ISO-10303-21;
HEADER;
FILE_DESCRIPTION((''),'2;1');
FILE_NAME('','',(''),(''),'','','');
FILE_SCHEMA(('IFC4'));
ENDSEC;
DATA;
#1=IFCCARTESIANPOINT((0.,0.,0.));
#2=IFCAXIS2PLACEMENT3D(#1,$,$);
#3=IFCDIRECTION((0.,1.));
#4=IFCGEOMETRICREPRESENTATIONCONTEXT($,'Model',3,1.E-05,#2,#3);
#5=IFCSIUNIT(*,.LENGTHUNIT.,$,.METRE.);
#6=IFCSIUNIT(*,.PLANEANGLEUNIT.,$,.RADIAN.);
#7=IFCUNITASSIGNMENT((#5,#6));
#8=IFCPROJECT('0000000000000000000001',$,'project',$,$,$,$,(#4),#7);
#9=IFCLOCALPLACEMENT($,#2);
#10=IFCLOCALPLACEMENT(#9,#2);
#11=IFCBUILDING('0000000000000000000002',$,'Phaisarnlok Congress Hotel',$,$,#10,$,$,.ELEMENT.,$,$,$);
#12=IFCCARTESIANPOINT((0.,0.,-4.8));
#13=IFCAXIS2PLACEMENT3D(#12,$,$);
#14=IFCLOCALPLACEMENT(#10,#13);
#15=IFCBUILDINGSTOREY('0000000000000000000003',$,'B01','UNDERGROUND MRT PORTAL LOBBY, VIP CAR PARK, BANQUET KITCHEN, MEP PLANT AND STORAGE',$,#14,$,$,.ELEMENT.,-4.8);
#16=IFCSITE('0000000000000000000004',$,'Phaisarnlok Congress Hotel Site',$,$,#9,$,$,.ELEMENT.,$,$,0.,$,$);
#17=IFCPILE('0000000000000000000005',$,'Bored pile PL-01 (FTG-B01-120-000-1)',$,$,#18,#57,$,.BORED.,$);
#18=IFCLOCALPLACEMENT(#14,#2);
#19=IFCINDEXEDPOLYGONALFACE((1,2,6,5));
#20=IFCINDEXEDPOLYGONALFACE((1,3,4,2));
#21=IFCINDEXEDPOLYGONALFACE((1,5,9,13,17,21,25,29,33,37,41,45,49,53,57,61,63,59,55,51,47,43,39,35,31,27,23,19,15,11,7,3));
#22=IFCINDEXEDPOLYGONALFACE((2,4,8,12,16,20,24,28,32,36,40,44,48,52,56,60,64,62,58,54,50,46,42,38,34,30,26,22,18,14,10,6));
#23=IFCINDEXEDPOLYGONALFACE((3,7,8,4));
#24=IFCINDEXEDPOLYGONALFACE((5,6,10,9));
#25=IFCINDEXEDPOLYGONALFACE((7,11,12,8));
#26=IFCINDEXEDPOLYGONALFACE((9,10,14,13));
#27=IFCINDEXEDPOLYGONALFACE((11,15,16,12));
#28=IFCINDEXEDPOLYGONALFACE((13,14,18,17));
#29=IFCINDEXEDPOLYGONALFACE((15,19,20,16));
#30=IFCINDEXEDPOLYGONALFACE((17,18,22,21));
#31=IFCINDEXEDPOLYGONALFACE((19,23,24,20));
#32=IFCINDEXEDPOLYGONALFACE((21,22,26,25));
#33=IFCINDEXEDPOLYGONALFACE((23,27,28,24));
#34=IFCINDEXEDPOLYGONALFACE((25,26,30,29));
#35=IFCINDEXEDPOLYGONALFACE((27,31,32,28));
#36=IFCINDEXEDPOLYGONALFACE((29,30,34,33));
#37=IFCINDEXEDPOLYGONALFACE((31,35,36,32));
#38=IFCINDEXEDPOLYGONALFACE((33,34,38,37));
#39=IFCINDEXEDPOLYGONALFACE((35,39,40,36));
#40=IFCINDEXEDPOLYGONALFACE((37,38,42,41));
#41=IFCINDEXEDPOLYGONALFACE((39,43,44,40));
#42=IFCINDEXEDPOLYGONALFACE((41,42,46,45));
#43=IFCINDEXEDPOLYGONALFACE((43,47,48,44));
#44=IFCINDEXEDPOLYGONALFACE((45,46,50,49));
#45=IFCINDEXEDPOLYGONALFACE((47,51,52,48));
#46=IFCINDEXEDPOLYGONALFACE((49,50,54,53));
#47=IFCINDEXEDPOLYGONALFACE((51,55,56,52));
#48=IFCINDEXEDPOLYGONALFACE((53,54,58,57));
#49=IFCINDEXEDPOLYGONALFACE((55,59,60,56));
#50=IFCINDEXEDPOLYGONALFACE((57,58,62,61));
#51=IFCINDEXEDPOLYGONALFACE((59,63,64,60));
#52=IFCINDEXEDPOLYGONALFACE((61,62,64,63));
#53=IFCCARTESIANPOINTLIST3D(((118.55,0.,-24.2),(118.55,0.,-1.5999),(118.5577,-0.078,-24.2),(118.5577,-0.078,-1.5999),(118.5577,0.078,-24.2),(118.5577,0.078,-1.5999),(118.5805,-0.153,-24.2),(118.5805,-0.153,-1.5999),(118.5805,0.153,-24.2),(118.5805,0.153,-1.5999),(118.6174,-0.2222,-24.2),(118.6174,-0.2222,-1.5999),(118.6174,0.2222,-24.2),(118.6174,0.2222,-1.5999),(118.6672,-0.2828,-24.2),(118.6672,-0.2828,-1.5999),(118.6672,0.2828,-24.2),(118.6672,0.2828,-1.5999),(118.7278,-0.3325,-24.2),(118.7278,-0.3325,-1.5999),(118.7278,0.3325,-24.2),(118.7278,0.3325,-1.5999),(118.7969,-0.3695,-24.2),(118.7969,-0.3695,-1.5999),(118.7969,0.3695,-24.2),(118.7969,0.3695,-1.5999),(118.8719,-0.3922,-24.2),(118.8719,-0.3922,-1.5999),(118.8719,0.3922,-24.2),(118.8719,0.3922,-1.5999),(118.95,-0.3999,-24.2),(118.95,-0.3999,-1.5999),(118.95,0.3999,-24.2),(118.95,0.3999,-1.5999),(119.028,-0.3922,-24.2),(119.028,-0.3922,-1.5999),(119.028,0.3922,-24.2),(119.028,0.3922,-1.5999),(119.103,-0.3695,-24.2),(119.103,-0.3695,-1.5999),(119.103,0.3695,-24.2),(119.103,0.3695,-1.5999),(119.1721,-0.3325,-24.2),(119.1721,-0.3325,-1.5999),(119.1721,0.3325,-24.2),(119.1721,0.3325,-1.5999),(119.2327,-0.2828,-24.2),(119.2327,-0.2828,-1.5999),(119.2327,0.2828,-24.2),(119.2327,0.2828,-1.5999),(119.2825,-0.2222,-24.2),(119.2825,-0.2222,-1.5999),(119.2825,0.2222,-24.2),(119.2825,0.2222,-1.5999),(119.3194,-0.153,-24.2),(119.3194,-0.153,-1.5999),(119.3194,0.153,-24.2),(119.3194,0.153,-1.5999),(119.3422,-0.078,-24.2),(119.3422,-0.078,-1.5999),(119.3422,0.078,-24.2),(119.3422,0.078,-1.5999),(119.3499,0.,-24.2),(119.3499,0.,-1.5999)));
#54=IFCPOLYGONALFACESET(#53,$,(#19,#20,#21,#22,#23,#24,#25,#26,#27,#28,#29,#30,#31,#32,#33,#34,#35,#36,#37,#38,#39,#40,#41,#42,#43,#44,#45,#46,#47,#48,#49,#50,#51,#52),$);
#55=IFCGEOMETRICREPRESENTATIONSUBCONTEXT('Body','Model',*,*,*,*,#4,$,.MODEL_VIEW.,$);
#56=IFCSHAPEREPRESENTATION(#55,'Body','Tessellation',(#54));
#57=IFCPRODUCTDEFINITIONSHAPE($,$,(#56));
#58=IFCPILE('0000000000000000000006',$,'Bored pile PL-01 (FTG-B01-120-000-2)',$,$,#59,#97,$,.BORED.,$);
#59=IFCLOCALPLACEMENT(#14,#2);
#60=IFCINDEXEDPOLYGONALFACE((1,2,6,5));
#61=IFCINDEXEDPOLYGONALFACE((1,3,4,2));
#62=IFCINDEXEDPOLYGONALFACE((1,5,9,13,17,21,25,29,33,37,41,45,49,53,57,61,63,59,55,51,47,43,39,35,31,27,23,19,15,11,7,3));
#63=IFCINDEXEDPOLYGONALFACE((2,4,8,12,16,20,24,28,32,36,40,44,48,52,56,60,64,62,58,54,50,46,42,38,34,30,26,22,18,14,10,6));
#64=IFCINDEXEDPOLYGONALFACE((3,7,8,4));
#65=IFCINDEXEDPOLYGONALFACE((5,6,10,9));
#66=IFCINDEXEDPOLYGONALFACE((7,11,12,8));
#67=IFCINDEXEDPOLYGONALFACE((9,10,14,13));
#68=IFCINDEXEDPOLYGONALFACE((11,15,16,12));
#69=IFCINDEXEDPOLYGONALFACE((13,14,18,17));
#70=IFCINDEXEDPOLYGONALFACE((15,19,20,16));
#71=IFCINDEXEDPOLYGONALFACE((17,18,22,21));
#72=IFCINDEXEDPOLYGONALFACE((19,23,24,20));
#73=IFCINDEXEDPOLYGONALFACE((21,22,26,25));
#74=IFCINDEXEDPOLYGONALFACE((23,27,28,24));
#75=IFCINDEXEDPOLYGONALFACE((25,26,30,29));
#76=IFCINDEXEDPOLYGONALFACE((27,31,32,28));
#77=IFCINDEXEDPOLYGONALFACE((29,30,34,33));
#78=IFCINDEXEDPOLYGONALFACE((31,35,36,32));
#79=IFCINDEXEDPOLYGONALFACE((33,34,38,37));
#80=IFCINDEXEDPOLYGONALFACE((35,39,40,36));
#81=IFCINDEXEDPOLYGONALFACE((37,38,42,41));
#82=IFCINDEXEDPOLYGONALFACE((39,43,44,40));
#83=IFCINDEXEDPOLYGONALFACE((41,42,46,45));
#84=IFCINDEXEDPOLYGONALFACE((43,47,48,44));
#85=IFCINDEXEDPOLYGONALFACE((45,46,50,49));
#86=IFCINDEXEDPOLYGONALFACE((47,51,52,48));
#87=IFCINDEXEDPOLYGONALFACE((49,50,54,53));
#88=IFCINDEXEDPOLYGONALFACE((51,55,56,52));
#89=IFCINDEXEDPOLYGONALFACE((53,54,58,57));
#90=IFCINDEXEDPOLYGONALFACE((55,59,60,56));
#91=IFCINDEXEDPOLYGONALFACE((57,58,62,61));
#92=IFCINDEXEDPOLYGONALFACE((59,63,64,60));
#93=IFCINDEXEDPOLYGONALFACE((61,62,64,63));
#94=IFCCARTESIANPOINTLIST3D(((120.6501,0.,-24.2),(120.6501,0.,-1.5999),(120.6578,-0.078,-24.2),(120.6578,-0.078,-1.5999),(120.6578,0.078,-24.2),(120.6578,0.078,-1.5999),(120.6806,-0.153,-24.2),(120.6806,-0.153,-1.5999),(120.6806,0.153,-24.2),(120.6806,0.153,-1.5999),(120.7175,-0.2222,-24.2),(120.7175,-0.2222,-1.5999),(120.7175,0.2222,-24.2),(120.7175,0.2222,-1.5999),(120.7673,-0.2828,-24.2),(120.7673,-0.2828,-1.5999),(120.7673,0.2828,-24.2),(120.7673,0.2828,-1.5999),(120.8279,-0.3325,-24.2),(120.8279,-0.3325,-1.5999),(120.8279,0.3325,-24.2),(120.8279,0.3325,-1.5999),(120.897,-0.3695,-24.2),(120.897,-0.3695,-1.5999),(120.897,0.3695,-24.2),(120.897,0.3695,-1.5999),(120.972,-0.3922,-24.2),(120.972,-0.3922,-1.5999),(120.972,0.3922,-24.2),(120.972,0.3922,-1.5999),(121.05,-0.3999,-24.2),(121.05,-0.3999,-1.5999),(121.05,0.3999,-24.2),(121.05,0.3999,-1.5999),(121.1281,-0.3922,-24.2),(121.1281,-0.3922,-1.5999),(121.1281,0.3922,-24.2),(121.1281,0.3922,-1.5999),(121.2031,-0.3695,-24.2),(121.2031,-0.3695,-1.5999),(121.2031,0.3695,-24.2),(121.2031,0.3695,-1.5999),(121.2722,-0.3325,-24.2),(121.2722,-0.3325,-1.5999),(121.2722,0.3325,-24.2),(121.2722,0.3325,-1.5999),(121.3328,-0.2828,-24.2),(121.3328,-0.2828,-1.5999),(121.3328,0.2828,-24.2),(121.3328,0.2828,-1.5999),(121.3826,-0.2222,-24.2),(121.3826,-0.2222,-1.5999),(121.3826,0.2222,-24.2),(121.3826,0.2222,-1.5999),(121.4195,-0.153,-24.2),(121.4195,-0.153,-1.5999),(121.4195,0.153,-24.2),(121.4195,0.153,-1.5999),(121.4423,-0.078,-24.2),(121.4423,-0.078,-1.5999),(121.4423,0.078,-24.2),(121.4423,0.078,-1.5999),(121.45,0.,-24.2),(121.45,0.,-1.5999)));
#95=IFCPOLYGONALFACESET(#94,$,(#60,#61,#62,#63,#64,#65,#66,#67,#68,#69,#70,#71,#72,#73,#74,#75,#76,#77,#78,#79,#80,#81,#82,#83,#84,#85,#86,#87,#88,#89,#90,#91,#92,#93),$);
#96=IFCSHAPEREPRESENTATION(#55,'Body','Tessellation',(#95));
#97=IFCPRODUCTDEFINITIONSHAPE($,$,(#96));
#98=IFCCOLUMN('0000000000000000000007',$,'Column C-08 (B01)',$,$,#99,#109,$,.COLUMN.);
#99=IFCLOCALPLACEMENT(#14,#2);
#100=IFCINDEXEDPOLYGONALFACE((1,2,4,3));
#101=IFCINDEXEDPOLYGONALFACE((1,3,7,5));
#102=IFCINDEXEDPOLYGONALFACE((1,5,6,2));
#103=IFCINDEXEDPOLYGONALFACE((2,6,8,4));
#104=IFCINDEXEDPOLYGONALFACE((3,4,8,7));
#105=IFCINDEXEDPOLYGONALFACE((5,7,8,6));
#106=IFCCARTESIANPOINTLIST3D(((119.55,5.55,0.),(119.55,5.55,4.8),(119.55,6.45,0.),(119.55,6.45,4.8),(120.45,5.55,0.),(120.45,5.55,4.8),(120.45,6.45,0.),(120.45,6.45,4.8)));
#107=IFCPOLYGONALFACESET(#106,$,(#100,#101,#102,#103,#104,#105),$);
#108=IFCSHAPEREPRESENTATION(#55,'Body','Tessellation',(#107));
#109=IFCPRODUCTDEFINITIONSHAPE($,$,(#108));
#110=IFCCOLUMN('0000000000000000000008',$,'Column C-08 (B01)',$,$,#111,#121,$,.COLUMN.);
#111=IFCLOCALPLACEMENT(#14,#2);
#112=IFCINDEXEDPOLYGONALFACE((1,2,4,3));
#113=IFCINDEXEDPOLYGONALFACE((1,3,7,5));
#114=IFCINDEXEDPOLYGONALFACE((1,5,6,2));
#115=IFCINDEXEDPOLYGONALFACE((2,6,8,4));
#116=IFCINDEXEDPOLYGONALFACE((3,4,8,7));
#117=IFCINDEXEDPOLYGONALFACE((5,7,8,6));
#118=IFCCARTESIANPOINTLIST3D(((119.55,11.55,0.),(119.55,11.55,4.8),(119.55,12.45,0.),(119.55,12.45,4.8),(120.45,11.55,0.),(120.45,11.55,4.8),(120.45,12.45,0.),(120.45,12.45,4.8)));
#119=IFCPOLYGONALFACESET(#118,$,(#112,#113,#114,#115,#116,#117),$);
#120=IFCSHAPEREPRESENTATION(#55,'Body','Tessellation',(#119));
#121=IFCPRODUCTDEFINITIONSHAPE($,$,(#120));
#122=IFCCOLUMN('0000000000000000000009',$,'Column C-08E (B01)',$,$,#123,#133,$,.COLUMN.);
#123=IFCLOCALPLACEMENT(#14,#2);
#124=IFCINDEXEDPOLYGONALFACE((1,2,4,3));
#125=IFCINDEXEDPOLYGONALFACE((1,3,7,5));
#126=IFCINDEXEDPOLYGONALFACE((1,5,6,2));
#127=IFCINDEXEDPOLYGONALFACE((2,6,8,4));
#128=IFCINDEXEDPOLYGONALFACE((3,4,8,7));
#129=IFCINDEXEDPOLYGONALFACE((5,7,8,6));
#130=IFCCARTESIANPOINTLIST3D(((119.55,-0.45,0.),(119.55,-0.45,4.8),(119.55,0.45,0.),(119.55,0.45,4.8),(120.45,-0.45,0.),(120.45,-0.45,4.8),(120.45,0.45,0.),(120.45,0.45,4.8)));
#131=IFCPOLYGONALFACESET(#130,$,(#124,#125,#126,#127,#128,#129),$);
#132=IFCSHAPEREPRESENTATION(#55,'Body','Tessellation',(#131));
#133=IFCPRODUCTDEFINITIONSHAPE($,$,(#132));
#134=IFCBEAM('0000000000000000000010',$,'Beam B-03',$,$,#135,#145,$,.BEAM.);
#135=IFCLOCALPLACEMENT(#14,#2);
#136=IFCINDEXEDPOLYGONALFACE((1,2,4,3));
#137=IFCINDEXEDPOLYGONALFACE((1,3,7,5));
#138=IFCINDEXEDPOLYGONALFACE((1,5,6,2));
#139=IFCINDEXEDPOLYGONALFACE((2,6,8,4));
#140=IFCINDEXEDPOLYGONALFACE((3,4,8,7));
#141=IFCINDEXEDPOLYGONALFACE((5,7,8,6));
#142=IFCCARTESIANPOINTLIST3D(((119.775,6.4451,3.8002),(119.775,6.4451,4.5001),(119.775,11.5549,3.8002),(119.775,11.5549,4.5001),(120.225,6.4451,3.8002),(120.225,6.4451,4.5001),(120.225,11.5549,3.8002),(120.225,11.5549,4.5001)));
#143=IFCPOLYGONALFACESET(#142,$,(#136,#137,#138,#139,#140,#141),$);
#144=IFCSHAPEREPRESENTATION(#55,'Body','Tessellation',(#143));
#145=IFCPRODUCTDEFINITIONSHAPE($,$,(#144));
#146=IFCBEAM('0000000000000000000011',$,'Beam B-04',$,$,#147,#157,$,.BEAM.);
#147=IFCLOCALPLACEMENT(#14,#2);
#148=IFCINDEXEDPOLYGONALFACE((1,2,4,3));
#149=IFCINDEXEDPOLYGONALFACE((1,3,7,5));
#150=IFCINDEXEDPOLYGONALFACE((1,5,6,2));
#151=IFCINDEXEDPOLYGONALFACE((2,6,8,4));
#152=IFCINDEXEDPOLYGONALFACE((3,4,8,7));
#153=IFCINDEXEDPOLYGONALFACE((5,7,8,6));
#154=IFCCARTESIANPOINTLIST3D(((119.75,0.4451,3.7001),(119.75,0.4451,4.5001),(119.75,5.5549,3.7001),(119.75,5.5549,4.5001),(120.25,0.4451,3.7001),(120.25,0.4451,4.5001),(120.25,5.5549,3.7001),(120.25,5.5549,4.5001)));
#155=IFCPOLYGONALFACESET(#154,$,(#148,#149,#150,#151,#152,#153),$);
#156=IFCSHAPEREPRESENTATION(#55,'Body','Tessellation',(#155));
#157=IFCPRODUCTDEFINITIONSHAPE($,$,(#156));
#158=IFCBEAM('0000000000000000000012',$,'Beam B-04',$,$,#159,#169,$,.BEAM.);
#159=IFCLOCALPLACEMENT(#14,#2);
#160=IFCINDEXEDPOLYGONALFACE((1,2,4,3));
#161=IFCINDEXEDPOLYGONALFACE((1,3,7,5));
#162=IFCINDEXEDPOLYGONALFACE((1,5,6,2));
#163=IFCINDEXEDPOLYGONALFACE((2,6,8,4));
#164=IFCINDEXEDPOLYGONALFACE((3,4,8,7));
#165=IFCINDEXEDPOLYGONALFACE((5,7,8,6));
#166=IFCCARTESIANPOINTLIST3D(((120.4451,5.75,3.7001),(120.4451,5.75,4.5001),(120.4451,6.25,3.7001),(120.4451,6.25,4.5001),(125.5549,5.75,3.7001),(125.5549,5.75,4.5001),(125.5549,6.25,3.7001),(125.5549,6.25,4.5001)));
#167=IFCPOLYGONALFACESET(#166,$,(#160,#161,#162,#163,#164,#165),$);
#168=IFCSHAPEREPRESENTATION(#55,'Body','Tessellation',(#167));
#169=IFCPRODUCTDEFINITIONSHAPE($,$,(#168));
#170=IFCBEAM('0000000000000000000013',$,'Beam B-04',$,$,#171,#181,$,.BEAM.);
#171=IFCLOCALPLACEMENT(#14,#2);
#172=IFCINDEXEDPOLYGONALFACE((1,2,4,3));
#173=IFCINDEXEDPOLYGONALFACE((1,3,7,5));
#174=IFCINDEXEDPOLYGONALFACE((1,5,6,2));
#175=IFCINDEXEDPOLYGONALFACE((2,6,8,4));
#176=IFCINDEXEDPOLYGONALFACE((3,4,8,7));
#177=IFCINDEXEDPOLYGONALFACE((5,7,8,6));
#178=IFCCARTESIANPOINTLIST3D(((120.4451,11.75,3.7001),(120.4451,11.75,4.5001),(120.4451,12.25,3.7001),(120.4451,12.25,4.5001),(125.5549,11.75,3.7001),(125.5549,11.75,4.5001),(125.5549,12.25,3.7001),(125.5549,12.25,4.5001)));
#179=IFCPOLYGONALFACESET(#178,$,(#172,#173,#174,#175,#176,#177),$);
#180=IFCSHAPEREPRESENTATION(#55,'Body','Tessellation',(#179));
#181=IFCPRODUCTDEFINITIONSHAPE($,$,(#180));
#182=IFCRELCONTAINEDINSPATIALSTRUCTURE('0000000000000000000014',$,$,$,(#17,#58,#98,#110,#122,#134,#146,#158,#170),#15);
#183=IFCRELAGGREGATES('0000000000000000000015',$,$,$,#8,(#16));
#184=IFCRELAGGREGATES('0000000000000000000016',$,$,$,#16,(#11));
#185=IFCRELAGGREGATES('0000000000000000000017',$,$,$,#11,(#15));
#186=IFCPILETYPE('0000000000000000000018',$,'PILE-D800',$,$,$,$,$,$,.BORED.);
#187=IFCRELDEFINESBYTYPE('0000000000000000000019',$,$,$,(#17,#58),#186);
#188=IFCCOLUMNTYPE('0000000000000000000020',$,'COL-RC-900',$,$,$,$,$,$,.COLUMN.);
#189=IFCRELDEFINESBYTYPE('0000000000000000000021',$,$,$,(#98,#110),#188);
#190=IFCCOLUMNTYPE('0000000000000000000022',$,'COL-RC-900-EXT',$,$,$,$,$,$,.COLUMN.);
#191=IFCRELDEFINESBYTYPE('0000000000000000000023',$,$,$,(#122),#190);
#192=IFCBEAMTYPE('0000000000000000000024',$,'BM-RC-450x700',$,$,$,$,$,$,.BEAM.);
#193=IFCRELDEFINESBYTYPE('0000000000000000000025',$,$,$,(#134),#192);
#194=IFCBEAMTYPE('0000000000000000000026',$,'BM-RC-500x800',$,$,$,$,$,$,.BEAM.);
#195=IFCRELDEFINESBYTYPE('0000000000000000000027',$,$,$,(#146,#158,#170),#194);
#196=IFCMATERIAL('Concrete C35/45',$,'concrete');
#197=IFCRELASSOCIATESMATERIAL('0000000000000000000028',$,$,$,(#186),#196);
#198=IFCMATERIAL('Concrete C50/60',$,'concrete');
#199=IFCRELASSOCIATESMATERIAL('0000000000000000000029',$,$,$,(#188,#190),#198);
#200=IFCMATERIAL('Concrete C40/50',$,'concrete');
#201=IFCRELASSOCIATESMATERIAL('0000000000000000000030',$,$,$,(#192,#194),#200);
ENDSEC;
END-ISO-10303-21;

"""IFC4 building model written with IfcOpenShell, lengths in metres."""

from ifc_helpers import new_model, si_unit, direction, frame, origin, origin_2d, place, context, subcontext, project, spatial, rectangle, circle, extrude, material, material_profile, profile_set, type_object, element, save


model = new_model("IFC4")

# Units and contexts
model_context = context("Model", 3, precision=1e-05, world=origin(), true_north=direction((0.0, 1.0)))
body_context = subcontext(model_context, "Body", "Model", "MODEL_VIEW")
ifc_project = project(units=[si_unit("LENGTHUNIT", "METRE"), si_unit("PLANEANGLEUNIT", "RADIAN")], contexts=[model_context])

# Site, building, storey
site_placement = place(None, origin())
site = spatial("IfcSite", under=ifc_project, at=site_placement, Name="Phaisarnlok Congress Hotel Site", CompositionType="ELEMENT", RefElevation=0.0)
building_placement = place(site_placement, origin())
building = spatial("IfcBuilding", under=site, at=building_placement, Name="Phaisarnlok Congress Hotel", CompositionType="ELEMENT")
storey_placement = place(building_placement, frame((0.0, 0.0, -4.8)))
storey = spatial("IfcBuildingStorey", under=building, at=storey_placement, Name="B01", Description="UNDERGROUND MRT PORTAL LOBBY, VIP CAR PARK, BANQUET KITCHEN, MEP PLANT AND STORAGE", CompositionType="ELEMENT", Elevation=-4.8)

# Shared definitions
ifc_material_1 = material(Name="Concrete C40/50", Category="concrete")

# Piles
ifc_material_2 = material(Name="Concrete C35/45", Category="concrete")
ifc_material_profile_1 = material_profile(ifc_material_2, circle(Radius=0.3999, at=origin_2d()), Name="BORED PILE D800")
ifc_profile_set_1 = profile_set([ifc_material_profile_1], Name="Concrete C35/45")
pile_type_1 = type_object("IfcPileType", Name="PILE-D800", PredefinedType="BORED", material=ifc_profile_set_1)
for number, where, z_axis, x_axis, name in (
    (1, (118.95, 0.0, -1.5999), (0.0, 0.0, -1.0), (1.0, 0.0, 0.0), "Bored pile PL-01 (FTG-B01-120-000-1)"),
    (2, (121.05, 0.0, -1.5999), (0.0, 0.0, -1.0), (1.0, 0.0, 0.0), "Bored pile PL-01 (FTG-B01-120-000-2)"),
):
    element("IfcPile", number, at=place(storey_placement, frame(where, z_axis=z_axis, x_axis=x_axis)), inside=storey, type_object=pile_type_1, Name=name, PredefinedType="BORED", context=body_context, shape_type="SweptSolid", body=[
        extrude(circle(Radius=0.3999, at=origin_2d()), origin(), (0.0, 0.0, 1.0), 22.6001),
    ])

# Columns
ifc_material_3 = material(Name="Concrete C50/60", Category="concrete")
ifc_material_profile_2 = material_profile(ifc_material_3, rectangle(XDim=0.8999, YDim=0.8999, at=origin_2d()), Name="RC 900x900")
ifc_profile_set_2 = profile_set([ifc_material_profile_2], Name="Concrete C50/60")
column_type_1 = type_object("IfcColumnType", Name="COL-RC-900", PredefinedType="COLUMN", material=ifc_profile_set_2)
for number, where, z_axis, x_axis, name in (
    (3, (120.0, 6.0, 0.0), (0.0, 0.0, 1.0), (1.0, 0.0, 0.0), "Column C-08 (B01)"),
    (4, (120.0, 12.0, 0.0), (0.0, 0.0, 1.0), (1.0, 0.0, 0.0), "Column C-08 (B01)"),
):
    element("IfcColumn", number, at=place(storey_placement, frame(where, z_axis=z_axis, x_axis=x_axis)), inside=storey, type_object=column_type_1, Name=name, PredefinedType="COLUMN", context=body_context, shape_type="SweptSolid", body=[
        extrude(rectangle(XDim=0.8999, YDim=0.8999, at=origin_2d()), origin(), (0.0, 0.0, 1.0), 4.8),
    ])
ifc_material_profile_3 = material_profile(ifc_material_3, rectangle(XDim=0.8999, YDim=0.8999, at=origin_2d()), Name="RC 900x900")
ifc_profile_set_3 = profile_set([ifc_material_profile_3], Name="Concrete C50/60")
column_type_2 = type_object("IfcColumnType", Name="COL-RC-900-EXT", PredefinedType="COLUMN", material=ifc_profile_set_3)
column_placement = place(storey_placement, frame((120.0, 0.0, 0.0), z_axis=(0.0, 0.0, 1.0), x_axis=(1.0, 0.0, 0.0)))
element("IfcColumn", 5, at=column_placement, inside=storey, type_object=column_type_2, Name="Column C-08E (B01)", PredefinedType="COLUMN", context=body_context, shape_type="SweptSolid", body=[
    extrude(rectangle(XDim=0.8999, YDim=0.8999, at=origin_2d()), origin(), (0.0, 0.0, 1.0), 4.8),
])

# Beams
ifc_material_profile_4 = material_profile(ifc_material_1, rectangle(XDim=0.45, YDim=0.7, at=origin_2d()), Name="RC 450x700")
ifc_profile_set_4 = profile_set([ifc_material_profile_4], Name="Concrete C40/50")
beam_type_1 = type_object("IfcBeamType", Name="BM-RC-450x700", PredefinedType="BEAM", material=ifc_profile_set_4)
beam_1_placement = place(storey_placement, frame((120.0, 6.4451, 4.1501), z_axis=(0.0, 1.0, 0.0), x_axis=(-1.0, 0.0, 0.0)))
element("IfcBeam", 6, at=beam_1_placement, inside=storey, type_object=beam_type_1, Name="Beam B-03", PredefinedType="BEAM", context=body_context, shape_type="SweptSolid", body=[
    extrude(rectangle(XDim=0.45, YDim=0.7, at=origin_2d()), origin(), (0.0, 0.0, 1.0), 5.1099),
])
ifc_material_profile_5 = material_profile(ifc_material_1, rectangle(XDim=0.5, YDim=0.8, at=origin_2d()), Name="RC 500x800")
ifc_profile_set_5 = profile_set([ifc_material_profile_5], Name="Concrete C40/50")
beam_type_2 = type_object("IfcBeamType", Name="BM-RC-500x800", PredefinedType="BEAM", material=ifc_profile_set_5)
for number, where, z_axis, x_axis, name in (
    (7, (120.0, 0.4451, 4.1001), (0.0, 1.0, 0.0), (-1.0, 0.0, 0.0), "Beam B-04"),
    (8, (120.4451, 6.0, 4.1001), (1.0, 0.0, 0.0), (0.0, 1.0, 0.0), "Beam B-04"),
    (9, (120.4451, 12.0, 4.1001), (1.0, 0.0, 0.0), (0.0, 1.0, 0.0), "Beam B-04"),
):
    element("IfcBeam", number, at=place(storey_placement, frame(where, z_axis=z_axis, x_axis=x_axis)), inside=storey, type_object=beam_type_2, Name=name, PredefinedType="BEAM", context=body_context, shape_type="SweptSolid", body=[
        extrude(rectangle(XDim=0.5, YDim=0.8, at=origin_2d()), origin(), (0.0, 0.0, 1.0), 5.1099),
    ])

save(model, "model.ifc")
